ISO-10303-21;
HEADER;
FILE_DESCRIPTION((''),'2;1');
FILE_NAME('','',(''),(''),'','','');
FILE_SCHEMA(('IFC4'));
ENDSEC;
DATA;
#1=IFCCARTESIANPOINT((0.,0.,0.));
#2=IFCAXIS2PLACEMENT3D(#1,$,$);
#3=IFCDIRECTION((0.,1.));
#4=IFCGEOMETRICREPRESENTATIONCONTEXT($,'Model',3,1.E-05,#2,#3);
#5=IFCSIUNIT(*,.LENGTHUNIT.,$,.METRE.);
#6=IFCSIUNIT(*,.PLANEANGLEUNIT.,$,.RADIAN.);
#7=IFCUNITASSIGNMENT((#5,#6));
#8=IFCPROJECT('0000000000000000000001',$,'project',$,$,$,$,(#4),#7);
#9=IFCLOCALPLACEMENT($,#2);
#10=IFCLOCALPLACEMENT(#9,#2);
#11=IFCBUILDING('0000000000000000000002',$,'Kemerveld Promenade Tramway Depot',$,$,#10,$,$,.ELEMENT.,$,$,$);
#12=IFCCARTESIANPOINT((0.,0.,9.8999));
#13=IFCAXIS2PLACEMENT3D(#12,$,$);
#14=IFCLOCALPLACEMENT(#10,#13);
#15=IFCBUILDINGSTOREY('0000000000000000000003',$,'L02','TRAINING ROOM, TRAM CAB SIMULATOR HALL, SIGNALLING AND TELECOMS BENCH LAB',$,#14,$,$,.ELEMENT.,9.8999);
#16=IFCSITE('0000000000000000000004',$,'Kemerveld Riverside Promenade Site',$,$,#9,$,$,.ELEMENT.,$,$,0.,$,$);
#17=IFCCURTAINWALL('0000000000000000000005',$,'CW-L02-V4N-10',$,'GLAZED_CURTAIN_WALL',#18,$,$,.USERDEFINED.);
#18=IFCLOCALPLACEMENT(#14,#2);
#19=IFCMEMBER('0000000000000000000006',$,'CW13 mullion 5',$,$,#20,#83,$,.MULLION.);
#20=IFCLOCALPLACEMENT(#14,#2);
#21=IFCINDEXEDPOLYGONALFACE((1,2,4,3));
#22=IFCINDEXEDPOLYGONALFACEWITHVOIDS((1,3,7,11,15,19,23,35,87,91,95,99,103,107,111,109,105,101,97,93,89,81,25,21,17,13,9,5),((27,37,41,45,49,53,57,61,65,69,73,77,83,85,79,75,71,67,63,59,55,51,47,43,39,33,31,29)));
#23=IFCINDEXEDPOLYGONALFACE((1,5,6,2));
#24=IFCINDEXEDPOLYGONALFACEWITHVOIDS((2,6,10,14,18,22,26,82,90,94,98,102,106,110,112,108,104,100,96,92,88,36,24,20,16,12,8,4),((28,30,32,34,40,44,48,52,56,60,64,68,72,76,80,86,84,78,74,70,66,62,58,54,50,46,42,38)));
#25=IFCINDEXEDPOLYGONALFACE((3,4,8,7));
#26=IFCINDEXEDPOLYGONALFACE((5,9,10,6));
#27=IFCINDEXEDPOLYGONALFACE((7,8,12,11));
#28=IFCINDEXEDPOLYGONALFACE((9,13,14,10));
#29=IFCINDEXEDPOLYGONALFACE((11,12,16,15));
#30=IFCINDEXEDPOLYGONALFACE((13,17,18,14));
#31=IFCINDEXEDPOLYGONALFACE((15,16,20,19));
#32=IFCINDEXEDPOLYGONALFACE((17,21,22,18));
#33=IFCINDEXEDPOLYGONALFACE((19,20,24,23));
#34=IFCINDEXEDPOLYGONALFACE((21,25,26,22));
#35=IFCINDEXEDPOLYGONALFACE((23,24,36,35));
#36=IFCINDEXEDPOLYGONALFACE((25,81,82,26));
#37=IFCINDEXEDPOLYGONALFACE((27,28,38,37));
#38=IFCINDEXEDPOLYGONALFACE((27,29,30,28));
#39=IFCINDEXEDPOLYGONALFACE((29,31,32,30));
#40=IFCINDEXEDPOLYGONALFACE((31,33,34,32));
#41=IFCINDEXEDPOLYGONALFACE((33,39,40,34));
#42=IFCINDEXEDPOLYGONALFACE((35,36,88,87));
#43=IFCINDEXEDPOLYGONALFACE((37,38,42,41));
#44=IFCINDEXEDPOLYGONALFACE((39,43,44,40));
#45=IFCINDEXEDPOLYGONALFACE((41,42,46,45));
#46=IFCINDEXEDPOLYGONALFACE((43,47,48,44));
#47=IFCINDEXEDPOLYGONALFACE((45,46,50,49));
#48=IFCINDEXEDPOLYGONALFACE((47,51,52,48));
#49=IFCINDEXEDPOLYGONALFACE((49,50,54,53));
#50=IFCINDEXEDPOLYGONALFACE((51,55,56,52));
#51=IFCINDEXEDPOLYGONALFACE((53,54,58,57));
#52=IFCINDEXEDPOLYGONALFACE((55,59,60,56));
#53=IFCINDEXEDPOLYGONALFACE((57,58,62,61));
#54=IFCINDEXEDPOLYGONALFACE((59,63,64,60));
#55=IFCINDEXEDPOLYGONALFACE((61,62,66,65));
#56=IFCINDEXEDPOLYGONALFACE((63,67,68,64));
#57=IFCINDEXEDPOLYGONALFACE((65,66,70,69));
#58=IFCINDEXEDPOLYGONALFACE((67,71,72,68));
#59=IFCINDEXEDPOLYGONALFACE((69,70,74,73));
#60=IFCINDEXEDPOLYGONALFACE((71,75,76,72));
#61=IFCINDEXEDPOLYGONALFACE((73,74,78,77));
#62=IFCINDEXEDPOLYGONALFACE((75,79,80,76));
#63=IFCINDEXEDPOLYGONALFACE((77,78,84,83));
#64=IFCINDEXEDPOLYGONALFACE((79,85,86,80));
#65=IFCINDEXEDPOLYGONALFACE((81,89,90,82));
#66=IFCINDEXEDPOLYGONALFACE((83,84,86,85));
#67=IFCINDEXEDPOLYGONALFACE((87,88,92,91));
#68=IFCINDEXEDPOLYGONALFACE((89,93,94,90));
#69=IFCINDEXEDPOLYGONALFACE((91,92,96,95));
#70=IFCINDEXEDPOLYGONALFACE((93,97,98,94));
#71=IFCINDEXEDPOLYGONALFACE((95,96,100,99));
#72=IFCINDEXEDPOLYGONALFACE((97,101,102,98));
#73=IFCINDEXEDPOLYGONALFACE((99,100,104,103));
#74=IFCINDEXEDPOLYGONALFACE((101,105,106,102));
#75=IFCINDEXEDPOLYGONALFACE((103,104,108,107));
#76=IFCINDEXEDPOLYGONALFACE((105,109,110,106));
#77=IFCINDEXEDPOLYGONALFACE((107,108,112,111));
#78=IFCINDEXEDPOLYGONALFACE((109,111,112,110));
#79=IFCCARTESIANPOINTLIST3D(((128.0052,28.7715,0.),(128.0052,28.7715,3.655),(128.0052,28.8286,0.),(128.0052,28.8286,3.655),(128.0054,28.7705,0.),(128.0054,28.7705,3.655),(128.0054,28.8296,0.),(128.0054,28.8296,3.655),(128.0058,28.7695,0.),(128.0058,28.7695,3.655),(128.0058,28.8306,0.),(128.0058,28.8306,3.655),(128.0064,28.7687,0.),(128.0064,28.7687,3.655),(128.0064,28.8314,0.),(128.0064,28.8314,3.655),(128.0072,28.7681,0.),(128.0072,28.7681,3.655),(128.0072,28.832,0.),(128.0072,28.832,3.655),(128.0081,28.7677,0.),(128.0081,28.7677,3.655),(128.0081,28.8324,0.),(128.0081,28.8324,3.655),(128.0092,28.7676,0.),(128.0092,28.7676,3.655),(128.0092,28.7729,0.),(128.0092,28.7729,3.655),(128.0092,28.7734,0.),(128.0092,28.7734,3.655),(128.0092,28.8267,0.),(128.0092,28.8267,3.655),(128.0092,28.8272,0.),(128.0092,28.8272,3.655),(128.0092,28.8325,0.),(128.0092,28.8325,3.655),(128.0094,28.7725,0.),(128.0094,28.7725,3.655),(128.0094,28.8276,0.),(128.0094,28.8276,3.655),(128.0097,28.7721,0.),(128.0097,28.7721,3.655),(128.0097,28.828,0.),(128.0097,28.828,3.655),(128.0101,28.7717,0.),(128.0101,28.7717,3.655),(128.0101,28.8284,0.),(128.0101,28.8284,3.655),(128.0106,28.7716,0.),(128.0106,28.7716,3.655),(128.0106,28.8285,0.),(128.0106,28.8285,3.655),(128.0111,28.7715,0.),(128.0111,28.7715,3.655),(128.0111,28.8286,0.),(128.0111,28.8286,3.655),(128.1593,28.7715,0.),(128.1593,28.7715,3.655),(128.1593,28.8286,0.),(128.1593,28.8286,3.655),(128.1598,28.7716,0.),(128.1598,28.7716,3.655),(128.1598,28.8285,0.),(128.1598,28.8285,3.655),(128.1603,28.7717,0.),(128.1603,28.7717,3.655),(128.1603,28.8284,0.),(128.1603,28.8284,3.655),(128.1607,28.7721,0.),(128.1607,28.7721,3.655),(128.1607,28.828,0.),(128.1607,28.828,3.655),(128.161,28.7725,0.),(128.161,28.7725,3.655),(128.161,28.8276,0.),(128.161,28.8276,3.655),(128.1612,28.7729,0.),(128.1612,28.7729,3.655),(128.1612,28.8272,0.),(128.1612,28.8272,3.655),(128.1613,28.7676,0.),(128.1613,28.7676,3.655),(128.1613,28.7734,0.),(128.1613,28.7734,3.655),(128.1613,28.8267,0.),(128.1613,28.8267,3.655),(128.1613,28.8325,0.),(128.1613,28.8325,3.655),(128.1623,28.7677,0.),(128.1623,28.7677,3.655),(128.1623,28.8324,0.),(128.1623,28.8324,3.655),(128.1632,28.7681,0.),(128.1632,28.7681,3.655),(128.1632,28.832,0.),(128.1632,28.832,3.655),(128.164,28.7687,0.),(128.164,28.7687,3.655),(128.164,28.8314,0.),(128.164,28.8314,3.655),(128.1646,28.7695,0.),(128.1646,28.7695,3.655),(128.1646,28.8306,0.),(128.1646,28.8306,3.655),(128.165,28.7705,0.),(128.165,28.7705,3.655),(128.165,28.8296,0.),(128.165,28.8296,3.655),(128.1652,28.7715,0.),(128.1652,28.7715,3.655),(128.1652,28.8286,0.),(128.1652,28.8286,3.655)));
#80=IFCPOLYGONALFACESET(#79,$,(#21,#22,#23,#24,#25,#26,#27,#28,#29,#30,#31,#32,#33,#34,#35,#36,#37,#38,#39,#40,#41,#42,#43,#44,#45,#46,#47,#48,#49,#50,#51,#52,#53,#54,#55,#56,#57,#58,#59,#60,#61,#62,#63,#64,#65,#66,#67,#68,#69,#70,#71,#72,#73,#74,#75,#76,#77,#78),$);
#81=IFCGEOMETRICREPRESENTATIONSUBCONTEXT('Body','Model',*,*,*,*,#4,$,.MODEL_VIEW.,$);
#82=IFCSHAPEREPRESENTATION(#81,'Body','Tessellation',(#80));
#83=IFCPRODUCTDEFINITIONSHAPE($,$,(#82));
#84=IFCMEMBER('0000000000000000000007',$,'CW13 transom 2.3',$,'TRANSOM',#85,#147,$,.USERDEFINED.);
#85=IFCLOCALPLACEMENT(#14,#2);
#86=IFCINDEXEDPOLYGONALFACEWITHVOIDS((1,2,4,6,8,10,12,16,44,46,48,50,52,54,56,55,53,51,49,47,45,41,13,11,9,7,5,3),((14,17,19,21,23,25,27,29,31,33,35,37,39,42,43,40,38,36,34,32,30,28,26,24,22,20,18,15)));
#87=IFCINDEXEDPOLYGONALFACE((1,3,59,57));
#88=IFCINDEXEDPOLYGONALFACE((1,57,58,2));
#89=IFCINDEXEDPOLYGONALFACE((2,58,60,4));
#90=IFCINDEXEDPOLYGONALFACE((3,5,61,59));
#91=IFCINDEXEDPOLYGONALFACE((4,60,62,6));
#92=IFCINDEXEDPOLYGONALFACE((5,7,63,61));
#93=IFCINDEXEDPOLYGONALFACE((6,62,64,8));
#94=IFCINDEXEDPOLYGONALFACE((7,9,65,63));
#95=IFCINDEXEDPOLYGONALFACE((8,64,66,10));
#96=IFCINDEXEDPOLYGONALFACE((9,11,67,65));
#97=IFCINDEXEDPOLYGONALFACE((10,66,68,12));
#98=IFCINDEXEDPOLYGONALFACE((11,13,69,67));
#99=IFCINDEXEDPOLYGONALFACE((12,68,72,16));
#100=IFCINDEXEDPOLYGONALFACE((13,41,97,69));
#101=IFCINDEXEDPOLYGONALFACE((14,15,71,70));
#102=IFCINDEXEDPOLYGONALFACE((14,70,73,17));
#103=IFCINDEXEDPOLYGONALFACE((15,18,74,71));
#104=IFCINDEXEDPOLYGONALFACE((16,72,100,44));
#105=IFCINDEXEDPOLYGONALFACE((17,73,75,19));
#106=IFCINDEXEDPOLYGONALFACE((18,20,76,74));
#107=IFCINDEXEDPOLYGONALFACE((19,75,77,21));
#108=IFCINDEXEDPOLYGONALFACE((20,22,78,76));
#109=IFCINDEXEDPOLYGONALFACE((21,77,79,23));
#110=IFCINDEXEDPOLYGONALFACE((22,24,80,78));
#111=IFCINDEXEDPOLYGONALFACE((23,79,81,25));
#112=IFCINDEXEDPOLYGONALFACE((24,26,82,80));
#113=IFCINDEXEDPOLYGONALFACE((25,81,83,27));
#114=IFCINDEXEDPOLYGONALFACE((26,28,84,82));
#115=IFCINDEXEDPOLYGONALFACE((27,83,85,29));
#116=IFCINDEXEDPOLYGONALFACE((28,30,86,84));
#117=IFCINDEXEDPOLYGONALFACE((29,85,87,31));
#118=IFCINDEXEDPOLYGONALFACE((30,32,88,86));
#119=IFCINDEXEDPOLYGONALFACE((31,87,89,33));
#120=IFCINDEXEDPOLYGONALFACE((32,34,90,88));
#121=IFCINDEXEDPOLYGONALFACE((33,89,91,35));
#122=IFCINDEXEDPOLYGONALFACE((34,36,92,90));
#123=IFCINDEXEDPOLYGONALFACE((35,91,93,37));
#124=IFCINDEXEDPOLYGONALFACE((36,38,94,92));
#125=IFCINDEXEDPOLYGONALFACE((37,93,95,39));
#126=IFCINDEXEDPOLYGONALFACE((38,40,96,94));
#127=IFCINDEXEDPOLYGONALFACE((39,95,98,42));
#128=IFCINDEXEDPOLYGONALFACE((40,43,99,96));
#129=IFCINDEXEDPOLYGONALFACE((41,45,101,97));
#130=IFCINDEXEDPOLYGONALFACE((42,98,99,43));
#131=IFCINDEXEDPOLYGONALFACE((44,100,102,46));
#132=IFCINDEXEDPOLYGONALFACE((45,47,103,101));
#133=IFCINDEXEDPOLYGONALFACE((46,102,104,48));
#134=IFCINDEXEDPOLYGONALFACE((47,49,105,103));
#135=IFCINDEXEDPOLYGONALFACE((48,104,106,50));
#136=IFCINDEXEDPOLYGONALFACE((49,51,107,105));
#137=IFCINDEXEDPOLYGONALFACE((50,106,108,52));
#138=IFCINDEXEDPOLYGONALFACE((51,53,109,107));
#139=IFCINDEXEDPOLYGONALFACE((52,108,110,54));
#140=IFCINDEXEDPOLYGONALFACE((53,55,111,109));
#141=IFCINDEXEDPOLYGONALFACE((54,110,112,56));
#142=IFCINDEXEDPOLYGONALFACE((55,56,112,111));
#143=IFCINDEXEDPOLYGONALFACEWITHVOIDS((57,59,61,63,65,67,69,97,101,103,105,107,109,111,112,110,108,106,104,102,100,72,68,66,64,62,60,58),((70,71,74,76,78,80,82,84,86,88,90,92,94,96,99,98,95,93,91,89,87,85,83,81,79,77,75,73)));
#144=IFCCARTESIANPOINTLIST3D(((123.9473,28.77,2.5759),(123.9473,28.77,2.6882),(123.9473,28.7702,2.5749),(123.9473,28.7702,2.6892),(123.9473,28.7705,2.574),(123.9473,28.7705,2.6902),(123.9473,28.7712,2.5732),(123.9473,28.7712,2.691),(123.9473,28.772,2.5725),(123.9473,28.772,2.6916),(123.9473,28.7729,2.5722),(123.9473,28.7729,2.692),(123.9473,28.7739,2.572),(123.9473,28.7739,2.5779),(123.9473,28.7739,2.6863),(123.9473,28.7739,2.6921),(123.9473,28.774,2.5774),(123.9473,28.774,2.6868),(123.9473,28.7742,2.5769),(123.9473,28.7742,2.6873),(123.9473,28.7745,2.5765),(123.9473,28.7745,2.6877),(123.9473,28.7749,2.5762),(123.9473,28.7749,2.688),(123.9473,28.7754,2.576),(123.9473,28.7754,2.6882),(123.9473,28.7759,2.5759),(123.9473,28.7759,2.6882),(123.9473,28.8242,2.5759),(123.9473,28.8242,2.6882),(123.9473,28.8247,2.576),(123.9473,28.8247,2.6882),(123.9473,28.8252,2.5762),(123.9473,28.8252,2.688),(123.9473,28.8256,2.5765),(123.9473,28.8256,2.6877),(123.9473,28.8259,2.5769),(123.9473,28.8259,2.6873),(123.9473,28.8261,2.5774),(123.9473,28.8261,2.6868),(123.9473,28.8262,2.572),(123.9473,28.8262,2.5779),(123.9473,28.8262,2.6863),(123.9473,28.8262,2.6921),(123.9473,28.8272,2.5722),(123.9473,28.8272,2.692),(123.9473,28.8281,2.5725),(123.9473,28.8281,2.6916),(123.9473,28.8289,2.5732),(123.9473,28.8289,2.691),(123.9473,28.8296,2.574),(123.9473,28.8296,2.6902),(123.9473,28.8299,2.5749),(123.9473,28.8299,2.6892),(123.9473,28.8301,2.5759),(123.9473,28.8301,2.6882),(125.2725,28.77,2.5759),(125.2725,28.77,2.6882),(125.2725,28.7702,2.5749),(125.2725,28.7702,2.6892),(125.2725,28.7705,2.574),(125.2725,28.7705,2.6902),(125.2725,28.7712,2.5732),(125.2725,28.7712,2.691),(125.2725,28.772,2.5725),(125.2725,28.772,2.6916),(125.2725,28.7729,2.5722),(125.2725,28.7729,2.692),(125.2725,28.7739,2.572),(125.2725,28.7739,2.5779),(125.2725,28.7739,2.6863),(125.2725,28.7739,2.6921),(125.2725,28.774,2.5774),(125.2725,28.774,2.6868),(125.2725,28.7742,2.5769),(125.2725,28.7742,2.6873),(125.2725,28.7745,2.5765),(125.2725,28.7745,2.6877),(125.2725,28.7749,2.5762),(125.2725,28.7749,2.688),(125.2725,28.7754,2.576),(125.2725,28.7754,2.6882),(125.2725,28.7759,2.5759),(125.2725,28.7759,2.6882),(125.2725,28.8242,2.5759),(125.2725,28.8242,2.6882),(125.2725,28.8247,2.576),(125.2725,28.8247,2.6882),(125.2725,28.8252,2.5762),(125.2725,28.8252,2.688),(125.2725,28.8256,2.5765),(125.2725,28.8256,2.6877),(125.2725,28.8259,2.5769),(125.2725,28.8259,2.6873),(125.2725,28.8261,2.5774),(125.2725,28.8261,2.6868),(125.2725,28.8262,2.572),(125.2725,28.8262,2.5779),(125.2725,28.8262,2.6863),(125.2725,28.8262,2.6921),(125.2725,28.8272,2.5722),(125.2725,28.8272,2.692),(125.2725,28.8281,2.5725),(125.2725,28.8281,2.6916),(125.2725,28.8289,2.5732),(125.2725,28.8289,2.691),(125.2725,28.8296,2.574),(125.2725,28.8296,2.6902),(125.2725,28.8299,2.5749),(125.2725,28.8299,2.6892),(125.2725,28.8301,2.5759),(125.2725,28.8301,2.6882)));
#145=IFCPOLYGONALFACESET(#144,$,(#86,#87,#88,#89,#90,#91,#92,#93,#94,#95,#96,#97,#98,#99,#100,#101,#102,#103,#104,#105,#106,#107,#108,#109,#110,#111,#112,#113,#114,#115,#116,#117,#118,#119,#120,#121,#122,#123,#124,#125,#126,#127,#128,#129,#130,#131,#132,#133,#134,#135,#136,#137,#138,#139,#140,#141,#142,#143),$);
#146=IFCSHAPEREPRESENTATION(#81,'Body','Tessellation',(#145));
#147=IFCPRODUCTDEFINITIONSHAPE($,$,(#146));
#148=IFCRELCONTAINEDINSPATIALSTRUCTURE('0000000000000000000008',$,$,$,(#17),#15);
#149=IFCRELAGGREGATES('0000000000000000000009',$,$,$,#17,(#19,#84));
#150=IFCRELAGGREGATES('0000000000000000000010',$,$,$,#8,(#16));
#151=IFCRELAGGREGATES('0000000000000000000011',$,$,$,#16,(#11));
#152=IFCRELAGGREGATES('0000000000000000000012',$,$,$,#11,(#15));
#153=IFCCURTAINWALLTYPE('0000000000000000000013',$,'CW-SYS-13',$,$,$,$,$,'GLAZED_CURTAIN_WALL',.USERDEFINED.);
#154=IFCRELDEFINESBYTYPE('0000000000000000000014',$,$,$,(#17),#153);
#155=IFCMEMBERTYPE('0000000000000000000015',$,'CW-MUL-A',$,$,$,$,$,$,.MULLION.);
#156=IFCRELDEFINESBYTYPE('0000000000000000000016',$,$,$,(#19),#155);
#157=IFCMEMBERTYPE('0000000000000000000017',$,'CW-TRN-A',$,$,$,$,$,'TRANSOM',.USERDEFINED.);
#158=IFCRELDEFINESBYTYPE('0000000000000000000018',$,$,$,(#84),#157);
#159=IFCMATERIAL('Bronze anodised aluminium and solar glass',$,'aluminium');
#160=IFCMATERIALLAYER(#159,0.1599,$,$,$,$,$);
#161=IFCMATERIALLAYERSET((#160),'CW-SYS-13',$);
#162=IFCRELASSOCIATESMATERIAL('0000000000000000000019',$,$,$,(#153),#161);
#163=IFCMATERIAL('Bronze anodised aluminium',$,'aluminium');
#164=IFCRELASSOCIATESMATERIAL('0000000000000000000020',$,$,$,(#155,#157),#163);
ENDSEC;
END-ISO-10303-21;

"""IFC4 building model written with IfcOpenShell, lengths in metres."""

from ifc_helpers import new_model, si_unit, direction, frame, origin, origin_2d, place, context, subcontext, project, spatial, hollow_rectangle, extrude, material, layer, layer_set, material_profile, profile_set, type_object, element, aggregate, save


model = new_model("IFC4")

# Units and contexts
model_context = context("Model", 3, precision=1e-05, world=origin(), true_north=direction((0.0, 1.0)))
body_context = subcontext(model_context, "Body", "Model", "MODEL_VIEW")
ifc_project = project(units=[si_unit("LENGTHUNIT", "METRE"), si_unit("PLANEANGLEUNIT", "RADIAN")], contexts=[model_context])

# Site, building, storey
site_placement = place(None, origin())
site = spatial("IfcSite", under=ifc_project, at=site_placement, Name="Kemerveld Riverside Promenade Site", CompositionType="ELEMENT", RefElevation=0.0)
building_placement = place(site_placement, origin())
building = spatial("IfcBuilding", under=site, at=building_placement, Name="Kemerveld Promenade Tramway Depot", CompositionType="ELEMENT")
storey_placement = place(building_placement, frame((0.0, 0.0, 9.8999)))
storey = spatial("IfcBuildingStorey", under=building, at=storey_placement, Name="L02", Description="TRAINING ROOM, TRAM CAB SIMULATOR HALL, SIGNALLING AND TELECOMS BENCH LAB", CompositionType="ELEMENT", Elevation=9.8999)

# Curtain wall, members
ifc_material_1 = material(Name="Bronze anodised aluminium and solar glass", Category="aluminium")
ifc_layer_1 = layer(ifc_material_1, 0.1599)
ifc_layer_set_1 = layer_set([ifc_layer_1], Name="CW-SYS-13")
curtain_wall_type = type_object("IfcCurtainWallType", Name="CW-SYS-13", ElementType="GLAZED_CURTAIN_WALL", PredefinedType="USERDEFINED", material=ifc_layer_set_1)
curtain_wall_placement = place(storey_placement, origin())
curtain_wall = element("IfcCurtainWall", 1, at=curtain_wall_placement, inside=storey, type_object=curtain_wall_type, Name="CW-L02-V4N-10", ObjectType="GLAZED_CURTAIN_WALL", PredefinedType="USERDEFINED")
ifc_material_2 = material(Name="Bronze anodised aluminium", Category="aluminium")
ifc_material_profile_1 = material_profile(ifc_material_2, hollow_rectangle(XDim=0.0649, YDim=0.1599, WallThickness=0.0039, InnerFilletRadius=0.002, OuterFilletRadius=0.0039, at=origin_2d()), Name="CW-MUL-160x65")
ifc_profile_set_1 = profile_set([ifc_material_profile_1], Name="Bronze anodised aluminium")
member_type_1 = type_object("IfcMemberType", Name="CW-MUL-A", PredefinedType="MULLION", material=ifc_profile_set_1)
member_1_placement = place(storey_placement, frame((128.0852, 28.8, 0.0), z_axis=(0.0, 0.0, 1.0), x_axis=(0.0, 1.0, 0.0)))
member_1 = element("IfcMember", 2, at=member_1_placement, type_object=member_type_1, Name="CW13 mullion 5", PredefinedType="MULLION", context=body_context, shape_type="SweptSolid", body=[
    extrude(hollow_rectangle(XDim=0.0649, YDim=0.1599, WallThickness=0.0039, InnerFilletRadius=0.002, OuterFilletRadius=0.0039, at=origin_2d()), origin(), (0.0, 0.0, 1.0), 3.655),
])
ifc_material_profile_2 = material_profile(ifc_material_2, hollow_rectangle(XDim=0.0601, YDim=0.1201, WallThickness=0.0039, InnerFilletRadius=0.002, OuterFilletRadius=0.0039, at=origin_2d()), Name="CW-TRN-120x60")
ifc_profile_set_2 = profile_set([ifc_material_profile_2], Name="Bronze anodised aluminium")
member_type_2 = type_object("IfcMemberType", Name="CW-TRN-A", ElementType="TRANSOM", PredefinedType="USERDEFINED", material=ifc_profile_set_2)
member_2_placement = place(storey_placement, frame((123.9473, 28.8, 2.6321), z_axis=(1.0, 0.0, 0.0), x_axis=(0.0, 1.0, 0.0)))
member_2 = element("IfcMember", 3, at=member_2_placement, type_object=member_type_2, Name="CW13 transom 2.3", ObjectType="TRANSOM", PredefinedType="USERDEFINED", context=body_context, shape_type="SweptSolid", body=[
    extrude(hollow_rectangle(XDim=0.0601, YDim=0.1201, WallThickness=0.0039, InnerFilletRadius=0.002, OuterFilletRadius=0.0039, at=origin_2d()), origin(), (0.0, 0.0, 1.0), 1.3252),
])
aggregate(curtain_wall, [member_1, member_2])

save(model, "model.ifc")
